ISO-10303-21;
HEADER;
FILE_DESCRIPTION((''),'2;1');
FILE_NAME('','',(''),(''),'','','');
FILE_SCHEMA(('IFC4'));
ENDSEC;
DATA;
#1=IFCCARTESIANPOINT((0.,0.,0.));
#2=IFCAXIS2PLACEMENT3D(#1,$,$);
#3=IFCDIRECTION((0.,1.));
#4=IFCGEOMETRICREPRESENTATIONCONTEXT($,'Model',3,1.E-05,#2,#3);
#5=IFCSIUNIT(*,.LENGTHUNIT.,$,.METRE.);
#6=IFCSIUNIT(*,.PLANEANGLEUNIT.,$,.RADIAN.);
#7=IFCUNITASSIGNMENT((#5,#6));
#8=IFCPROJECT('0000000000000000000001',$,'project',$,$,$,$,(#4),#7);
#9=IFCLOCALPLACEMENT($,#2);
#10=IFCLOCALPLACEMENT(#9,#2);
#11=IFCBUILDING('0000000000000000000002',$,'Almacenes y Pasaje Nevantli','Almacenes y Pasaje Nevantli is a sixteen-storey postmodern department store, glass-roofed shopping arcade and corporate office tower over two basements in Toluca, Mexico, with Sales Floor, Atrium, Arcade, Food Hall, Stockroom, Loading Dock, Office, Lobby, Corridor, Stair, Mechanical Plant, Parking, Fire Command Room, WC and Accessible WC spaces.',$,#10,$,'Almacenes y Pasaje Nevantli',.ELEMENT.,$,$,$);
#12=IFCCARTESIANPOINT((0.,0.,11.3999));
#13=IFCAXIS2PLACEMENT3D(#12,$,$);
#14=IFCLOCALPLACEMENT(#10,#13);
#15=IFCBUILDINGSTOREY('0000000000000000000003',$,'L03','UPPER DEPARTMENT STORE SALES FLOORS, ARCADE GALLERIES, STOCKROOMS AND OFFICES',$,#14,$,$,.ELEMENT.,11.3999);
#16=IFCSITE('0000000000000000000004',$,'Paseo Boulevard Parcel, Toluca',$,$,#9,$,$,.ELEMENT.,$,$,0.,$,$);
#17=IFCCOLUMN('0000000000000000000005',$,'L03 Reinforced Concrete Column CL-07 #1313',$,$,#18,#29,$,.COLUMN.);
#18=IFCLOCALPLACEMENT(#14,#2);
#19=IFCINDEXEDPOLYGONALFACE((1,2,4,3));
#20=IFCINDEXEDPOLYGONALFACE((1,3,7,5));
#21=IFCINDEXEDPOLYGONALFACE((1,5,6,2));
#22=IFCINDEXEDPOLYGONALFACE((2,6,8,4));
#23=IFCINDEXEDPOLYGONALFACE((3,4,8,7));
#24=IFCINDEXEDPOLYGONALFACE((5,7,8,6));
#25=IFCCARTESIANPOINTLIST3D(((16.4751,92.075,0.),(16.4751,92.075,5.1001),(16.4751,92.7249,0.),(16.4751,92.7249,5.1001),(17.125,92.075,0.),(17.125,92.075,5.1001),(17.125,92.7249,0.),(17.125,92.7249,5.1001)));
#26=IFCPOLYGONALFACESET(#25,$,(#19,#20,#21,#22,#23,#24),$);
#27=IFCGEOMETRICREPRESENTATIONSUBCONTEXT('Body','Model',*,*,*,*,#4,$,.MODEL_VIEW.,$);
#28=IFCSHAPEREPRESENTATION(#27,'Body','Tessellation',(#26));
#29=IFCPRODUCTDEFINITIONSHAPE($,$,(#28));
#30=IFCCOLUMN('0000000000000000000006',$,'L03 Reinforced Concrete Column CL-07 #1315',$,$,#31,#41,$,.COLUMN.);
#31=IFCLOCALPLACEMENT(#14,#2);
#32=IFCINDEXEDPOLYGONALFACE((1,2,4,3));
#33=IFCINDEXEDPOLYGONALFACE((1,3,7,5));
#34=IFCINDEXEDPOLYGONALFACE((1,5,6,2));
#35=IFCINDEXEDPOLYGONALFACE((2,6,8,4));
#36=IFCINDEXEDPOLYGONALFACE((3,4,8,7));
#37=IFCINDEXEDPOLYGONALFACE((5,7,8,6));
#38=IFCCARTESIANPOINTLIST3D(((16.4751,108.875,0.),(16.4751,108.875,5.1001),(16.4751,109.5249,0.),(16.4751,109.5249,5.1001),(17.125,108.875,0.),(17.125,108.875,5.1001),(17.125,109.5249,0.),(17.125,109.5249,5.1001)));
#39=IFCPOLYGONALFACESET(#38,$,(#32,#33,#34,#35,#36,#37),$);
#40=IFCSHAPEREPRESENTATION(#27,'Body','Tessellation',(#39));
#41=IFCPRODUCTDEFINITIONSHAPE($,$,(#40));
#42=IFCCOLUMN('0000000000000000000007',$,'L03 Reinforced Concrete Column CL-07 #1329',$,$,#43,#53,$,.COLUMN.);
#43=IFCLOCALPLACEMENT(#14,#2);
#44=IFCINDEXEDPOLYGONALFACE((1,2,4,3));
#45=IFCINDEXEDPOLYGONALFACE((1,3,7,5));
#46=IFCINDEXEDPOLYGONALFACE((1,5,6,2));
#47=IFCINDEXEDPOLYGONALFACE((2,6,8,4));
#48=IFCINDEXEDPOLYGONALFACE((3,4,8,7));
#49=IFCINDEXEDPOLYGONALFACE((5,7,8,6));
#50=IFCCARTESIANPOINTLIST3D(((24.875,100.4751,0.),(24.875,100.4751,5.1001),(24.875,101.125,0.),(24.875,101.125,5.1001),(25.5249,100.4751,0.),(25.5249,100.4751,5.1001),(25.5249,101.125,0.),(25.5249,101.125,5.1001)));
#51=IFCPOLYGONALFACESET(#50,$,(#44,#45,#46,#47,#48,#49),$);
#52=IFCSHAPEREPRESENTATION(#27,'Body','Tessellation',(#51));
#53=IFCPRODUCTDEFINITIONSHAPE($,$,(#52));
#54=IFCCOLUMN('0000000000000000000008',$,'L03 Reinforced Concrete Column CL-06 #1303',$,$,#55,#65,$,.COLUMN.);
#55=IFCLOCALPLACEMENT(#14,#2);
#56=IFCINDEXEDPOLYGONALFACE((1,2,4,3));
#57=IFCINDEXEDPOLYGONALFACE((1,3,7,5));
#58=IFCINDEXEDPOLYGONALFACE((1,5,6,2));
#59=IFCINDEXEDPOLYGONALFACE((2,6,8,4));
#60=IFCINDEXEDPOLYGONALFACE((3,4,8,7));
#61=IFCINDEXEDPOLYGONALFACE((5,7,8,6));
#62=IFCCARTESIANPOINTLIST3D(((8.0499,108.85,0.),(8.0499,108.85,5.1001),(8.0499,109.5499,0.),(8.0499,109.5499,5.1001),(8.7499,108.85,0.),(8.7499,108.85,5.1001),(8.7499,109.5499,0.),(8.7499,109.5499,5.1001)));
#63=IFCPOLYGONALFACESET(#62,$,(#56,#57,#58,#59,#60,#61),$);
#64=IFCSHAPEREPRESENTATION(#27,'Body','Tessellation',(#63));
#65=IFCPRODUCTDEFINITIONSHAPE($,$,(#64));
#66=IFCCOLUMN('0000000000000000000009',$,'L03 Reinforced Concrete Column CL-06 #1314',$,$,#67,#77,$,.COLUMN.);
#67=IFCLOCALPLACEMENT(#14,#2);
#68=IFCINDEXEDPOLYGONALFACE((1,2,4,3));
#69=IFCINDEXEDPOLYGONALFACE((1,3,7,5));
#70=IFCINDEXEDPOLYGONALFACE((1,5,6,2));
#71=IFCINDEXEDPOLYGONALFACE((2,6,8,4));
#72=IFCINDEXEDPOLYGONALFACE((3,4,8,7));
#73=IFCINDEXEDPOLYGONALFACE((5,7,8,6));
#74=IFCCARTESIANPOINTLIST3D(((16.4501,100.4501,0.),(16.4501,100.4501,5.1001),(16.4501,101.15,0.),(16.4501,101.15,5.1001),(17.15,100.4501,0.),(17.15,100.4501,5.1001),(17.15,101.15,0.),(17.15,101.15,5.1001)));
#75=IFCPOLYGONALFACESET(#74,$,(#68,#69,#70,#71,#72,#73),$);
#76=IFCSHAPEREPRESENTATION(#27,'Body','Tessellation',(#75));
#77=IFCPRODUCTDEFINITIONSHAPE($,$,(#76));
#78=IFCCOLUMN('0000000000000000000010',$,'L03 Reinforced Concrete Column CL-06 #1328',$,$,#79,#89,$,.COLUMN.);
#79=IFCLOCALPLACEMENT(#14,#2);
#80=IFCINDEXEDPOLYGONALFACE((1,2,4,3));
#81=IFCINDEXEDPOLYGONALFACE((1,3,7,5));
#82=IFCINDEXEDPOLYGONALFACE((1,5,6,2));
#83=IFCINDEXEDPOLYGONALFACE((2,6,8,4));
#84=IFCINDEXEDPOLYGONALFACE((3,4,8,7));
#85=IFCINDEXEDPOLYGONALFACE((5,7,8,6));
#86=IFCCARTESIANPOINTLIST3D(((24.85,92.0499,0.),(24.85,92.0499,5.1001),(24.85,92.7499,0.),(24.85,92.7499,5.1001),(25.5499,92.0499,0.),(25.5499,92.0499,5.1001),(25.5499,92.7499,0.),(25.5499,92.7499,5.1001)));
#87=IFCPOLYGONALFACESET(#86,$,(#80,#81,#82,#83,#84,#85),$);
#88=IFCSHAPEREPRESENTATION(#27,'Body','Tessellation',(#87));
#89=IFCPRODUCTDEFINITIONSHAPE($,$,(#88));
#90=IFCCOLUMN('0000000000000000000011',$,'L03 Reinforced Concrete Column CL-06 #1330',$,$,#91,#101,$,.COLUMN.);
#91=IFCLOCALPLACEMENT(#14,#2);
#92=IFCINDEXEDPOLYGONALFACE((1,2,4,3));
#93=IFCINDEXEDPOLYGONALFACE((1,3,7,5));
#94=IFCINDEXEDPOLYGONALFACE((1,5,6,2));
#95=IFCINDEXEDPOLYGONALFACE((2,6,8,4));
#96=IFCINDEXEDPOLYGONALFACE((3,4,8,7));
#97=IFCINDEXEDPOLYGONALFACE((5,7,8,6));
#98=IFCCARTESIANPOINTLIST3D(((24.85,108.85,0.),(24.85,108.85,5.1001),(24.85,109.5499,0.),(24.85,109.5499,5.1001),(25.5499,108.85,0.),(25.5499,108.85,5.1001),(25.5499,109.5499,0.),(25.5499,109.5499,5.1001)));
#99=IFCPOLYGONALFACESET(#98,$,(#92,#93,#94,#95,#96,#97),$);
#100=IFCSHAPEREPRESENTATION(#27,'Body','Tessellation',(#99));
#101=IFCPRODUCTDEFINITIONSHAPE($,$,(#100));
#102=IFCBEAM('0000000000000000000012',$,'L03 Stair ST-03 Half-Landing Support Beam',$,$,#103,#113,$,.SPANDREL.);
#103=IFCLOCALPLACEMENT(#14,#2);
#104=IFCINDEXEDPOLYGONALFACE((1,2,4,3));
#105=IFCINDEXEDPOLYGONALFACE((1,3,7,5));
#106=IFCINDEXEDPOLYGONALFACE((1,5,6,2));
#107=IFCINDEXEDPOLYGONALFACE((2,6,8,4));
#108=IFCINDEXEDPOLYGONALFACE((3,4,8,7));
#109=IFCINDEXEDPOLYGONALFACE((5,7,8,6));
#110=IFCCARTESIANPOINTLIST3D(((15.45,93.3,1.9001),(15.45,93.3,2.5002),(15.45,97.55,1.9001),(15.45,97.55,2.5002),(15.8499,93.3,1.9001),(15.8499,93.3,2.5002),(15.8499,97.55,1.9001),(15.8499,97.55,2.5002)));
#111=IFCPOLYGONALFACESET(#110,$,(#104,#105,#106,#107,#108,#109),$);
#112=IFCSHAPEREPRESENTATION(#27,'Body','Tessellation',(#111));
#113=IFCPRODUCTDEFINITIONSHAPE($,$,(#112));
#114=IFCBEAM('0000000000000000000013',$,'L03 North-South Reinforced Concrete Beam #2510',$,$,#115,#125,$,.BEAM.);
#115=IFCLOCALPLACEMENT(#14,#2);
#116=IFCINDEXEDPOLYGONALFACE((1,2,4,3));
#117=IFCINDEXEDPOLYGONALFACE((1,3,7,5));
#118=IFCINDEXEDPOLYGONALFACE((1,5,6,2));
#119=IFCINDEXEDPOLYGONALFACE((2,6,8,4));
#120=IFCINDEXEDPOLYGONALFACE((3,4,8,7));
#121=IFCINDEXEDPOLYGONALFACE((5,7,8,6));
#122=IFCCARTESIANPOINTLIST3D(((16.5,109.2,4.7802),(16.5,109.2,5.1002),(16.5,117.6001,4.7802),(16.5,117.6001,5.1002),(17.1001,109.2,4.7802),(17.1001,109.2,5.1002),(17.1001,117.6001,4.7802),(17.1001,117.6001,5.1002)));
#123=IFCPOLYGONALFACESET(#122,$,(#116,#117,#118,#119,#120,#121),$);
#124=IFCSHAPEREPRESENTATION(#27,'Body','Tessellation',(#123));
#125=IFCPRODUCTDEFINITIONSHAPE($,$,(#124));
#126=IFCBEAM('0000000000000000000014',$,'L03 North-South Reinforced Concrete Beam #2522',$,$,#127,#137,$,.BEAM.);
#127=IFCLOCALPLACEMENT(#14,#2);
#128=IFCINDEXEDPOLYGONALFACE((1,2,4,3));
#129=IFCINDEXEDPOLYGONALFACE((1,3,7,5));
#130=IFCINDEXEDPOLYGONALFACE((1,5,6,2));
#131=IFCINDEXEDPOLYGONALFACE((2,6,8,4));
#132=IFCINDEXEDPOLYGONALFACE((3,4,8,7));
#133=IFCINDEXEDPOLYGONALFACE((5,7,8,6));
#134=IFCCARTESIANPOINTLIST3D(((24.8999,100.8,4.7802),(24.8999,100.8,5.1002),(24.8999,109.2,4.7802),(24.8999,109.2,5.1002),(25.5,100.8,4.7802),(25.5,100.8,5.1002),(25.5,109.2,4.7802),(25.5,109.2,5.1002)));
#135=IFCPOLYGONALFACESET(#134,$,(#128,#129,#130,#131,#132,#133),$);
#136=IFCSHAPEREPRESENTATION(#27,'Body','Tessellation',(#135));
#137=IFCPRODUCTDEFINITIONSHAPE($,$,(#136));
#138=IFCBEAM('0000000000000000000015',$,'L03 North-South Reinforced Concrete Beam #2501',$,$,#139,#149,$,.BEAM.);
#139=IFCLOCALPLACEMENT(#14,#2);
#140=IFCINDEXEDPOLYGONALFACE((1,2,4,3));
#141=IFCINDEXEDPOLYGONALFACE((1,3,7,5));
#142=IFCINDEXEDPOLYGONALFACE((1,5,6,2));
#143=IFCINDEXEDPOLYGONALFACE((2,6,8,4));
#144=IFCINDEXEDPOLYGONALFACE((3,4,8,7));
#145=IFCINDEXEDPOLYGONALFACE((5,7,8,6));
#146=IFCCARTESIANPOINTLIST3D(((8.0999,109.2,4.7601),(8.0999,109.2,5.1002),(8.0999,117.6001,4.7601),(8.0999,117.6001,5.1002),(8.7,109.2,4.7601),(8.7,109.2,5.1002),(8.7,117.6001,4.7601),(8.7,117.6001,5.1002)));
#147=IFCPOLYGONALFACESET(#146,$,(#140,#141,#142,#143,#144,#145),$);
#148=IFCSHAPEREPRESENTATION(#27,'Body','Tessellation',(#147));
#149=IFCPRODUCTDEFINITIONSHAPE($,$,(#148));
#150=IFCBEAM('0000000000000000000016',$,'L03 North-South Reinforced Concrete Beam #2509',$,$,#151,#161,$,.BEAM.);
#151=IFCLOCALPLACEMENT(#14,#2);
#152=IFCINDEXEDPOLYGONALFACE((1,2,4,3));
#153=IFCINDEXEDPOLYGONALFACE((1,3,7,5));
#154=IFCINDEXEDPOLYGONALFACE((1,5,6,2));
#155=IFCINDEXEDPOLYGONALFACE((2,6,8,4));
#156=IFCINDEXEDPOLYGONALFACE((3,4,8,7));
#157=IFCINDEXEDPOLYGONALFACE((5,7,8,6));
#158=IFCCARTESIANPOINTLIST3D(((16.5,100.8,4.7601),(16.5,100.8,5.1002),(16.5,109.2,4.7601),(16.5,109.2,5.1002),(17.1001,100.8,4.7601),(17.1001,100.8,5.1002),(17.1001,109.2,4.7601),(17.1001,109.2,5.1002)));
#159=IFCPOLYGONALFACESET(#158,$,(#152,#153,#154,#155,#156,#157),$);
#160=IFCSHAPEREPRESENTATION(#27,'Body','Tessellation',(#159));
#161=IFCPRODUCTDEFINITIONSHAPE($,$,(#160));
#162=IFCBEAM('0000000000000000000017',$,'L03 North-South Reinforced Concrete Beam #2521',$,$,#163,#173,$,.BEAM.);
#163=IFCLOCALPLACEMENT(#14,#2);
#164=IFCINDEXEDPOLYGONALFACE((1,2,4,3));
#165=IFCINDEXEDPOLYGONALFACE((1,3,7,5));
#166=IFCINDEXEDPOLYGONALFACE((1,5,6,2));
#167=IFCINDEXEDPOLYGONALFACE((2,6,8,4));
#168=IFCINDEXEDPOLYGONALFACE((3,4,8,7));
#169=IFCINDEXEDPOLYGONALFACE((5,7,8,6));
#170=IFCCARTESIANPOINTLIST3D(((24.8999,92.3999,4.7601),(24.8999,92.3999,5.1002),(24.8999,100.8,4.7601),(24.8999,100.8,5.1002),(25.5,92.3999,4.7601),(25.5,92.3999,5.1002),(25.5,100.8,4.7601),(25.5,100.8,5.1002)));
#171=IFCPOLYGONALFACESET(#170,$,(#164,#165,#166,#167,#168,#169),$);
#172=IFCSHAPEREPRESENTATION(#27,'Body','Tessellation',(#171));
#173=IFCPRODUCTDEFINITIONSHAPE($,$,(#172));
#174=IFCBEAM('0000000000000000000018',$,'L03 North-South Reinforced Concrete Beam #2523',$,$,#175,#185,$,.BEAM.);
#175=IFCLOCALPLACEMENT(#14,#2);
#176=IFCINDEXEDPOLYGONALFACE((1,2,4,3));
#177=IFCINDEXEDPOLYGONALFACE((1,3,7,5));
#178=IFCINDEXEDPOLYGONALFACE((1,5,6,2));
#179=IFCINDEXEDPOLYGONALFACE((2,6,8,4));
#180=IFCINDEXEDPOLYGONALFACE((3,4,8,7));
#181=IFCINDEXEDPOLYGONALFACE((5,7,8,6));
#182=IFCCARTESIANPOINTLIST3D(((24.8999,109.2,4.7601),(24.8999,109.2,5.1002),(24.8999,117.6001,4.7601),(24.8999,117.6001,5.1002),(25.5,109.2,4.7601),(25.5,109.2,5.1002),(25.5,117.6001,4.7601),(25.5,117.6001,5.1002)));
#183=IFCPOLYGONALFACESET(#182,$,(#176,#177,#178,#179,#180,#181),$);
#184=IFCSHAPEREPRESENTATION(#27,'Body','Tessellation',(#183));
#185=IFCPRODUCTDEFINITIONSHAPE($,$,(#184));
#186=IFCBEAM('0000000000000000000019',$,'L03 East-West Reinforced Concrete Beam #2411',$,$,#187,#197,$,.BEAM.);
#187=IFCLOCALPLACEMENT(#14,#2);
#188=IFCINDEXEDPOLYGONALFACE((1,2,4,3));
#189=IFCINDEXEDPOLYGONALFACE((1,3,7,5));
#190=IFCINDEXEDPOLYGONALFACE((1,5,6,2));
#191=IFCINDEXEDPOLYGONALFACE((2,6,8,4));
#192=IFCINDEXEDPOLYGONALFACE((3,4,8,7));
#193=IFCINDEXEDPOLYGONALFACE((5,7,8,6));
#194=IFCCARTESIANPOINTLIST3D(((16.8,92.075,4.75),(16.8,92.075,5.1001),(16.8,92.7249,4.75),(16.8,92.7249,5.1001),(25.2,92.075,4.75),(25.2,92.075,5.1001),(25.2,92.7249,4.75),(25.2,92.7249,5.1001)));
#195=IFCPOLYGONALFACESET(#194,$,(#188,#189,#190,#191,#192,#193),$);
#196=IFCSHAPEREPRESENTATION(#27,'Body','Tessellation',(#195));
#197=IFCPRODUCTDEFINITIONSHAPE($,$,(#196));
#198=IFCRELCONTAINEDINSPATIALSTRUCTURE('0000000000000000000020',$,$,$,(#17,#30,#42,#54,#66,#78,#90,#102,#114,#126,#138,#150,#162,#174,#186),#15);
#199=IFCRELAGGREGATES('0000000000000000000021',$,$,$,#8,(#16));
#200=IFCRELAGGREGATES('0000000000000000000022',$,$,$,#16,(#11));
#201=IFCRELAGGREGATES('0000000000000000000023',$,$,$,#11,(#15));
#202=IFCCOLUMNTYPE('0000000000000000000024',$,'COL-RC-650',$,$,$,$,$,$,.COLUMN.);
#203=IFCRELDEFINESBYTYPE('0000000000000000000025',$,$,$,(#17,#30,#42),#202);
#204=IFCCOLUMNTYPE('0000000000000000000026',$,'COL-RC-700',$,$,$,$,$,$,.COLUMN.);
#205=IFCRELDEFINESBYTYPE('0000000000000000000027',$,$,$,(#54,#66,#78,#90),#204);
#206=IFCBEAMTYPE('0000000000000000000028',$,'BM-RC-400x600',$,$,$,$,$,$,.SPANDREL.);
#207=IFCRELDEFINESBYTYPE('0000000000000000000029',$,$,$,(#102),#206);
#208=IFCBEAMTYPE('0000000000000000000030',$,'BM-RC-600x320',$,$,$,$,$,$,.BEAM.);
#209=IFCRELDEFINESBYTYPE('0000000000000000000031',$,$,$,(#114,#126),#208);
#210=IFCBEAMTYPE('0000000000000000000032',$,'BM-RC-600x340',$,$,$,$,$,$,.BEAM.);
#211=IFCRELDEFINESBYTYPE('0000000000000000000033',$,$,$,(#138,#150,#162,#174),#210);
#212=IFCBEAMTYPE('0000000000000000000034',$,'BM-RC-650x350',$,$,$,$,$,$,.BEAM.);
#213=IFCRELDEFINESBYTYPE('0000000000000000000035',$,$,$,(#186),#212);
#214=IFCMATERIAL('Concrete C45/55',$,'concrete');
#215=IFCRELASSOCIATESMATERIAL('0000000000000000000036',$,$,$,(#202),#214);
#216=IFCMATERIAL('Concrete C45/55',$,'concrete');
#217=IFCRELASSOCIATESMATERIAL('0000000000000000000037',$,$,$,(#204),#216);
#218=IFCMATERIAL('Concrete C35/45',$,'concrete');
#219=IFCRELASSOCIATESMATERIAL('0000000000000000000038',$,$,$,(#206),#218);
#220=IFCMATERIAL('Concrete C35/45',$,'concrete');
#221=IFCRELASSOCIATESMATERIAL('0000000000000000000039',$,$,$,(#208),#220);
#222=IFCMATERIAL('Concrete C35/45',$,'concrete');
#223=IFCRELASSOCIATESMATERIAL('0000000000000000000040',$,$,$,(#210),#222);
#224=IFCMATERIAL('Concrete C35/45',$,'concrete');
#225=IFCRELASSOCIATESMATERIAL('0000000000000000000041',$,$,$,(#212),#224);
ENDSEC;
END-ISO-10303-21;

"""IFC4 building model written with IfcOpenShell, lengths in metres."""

from ifc_helpers import new_model, si_unit, direction, frame, origin, origin_2d, place, context, subcontext, project, spatial, rectangle, extrude, material, material_profile, profile_set, type_object, element, save


model = new_model("IFC4")

# Units and contexts
model_context = context("Model", 3, precision=1e-05, world=origin(), true_north=direction((0.0, 1.0)))
body_context = subcontext(model_context, "Body", "Model", "MODEL_VIEW")
ifc_project = project(units=[si_unit("LENGTHUNIT", "METRE"), si_unit("PLANEANGLEUNIT", "RADIAN")], contexts=[model_context])

# Site, building, storey
site_placement = place(None, origin())
site = spatial("IfcSite", under=ifc_project, at=site_placement, Name="Paseo Boulevard Parcel, Toluca", CompositionType="ELEMENT", RefElevation=0.0)
building_placement = place(site_placement, origin())
building = spatial("IfcBuilding", under=site, at=building_placement, Name="Almacenes y Pasaje Nevantli", Description="Almacenes y Pasaje Nevantli is a sixteen-storey postmodern department store, glass-roofed shopping arcade and corporate office tower over two basements in Toluca, Mexico, with Sales Floor, Atrium, Arcade, Food Hall, Stockroom, Loading Dock, Office, Lobby, Corridor, Stair, Mechanical Plant, Parking, Fire Command Room, WC and Accessible WC spaces.", LongName="Almacenes y Pasaje Nevantli", CompositionType="ELEMENT")
storey_placement = place(building_placement, frame((0.0, 0.0, 11.3999)))
storey = spatial("IfcBuildingStorey", under=building, at=storey_placement, Name="L03", Description="UPPER DEPARTMENT STORE SALES FLOORS, ARCADE GALLERIES, STOCKROOMS AND OFFICES", CompositionType="ELEMENT", Elevation=11.3999)

# Columns
ifc_material_1 = material(Name="Concrete C45/55", Category="concrete")
ifc_material_profile_1 = material_profile(ifc_material_1, rectangle(XDim=0.6499, YDim=0.6499, at=origin_2d()), Name="RC-COL-650x650")
ifc_profile_set_1 = profile_set([ifc_material_profile_1], Name="Concrete C45/55")
column_type_1 = type_object("IfcColumnType", Name="COL-RC-650", PredefinedType="COLUMN", material=ifc_profile_set_1)
for number, where, z_axis, x_axis, name in (
    (1, (16.8, 92.3999, 0.0), (0.0, 0.0, 1.0), (1.0, 0.0, 0.0), "L03 Reinforced Concrete Column CL-07 #1313"),
    (2, (16.8, 109.2, 0.0), (0.0, 0.0, 1.0), (1.0, 0.0, 0.0), "L03 Reinforced Concrete Column CL-07 #1315"),
    (3, (25.2, 100.8, 0.0), (0.0, 0.0, 1.0), (1.0, 0.0, 0.0), "L03 Reinforced Concrete Column CL-07 #1329"),
):
    element("IfcColumn", number, at=place(storey_placement, frame(where, z_axis=z_axis, x_axis=x_axis)), inside=storey, type_object=column_type_1, Name=name, PredefinedType="COLUMN", context=body_context, shape_type="SweptSolid", body=[
        extrude(rectangle(XDim=0.6499, YDim=0.6499, at=origin_2d()), origin(), (0.0, 0.0, 1.0), 5.1001),
    ])
ifc_material_2 = material(Name="Concrete C45/55", Category="concrete")
ifc_material_profile_2 = material_profile(ifc_material_2, rectangle(XDim=0.7, YDim=0.7, at=origin_2d()), Name="RC-COL-700x700")
ifc_profile_set_2 = profile_set([ifc_material_profile_2], Name="Concrete C45/55")
column_type_2 = type_object("IfcColumnType", Name="COL-RC-700", PredefinedType="COLUMN", material=ifc_profile_set_2)
for number, where, z_axis, x_axis, name in (
    (4, (8.3999, 109.2, 0.0), (0.0, 0.0, 1.0), (1.0, 0.0, 0.0), "L03 Reinforced Concrete Column CL-06 #1303"),
    (5, (16.8, 100.8, 0.0), (0.0, 0.0, 1.0), (1.0, 0.0, 0.0), "L03 Reinforced Concrete Column CL-06 #1314"),
    (6, (25.2, 92.3999, 0.0), (0.0, 0.0, 1.0), (1.0, 0.0, 0.0), "L03 Reinforced Concrete Column CL-06 #1328"),
    (7, (25.2, 109.2, 0.0), (0.0, 0.0, 1.0), (1.0, 0.0, 0.0), "L03 Reinforced Concrete Column CL-06 #1330"),
):
    element("IfcColumn", number, at=place(storey_placement, frame(where, z_axis=z_axis, x_axis=x_axis)), inside=storey, type_object=column_type_2, Name=name, PredefinedType="COLUMN", context=body_context, shape_type="SweptSolid", body=[
        extrude(rectangle(XDim=0.7, YDim=0.7, at=origin_2d()), origin(), (0.0, 0.0, 1.0), 5.1001),
    ])

# Beams
ifc_material_3 = material(Name="Concrete C35/45", Category="concrete")
ifc_material_profile_3 = material_profile(ifc_material_3, rectangle(XDim=0.3999, YDim=0.6001, at=origin_2d()), Name="RC-BM-400x600")
ifc_profile_set_3 = profile_set([ifc_material_profile_3], Name="Concrete C35/45")
beam_type_1 = type_object("IfcBeamType", Name="BM-RC-400x600", PredefinedType="SPANDREL", material=ifc_profile_set_3)
beam_1_placement = place(storey_placement, frame((15.6499, 93.3, 2.2002), z_axis=(0.0, 1.0, 0.0), x_axis=(-1.0, 0.0, 0.0)))
element("IfcBeam", 8, at=beam_1_placement, inside=storey, type_object=beam_type_1, Name="L03 Stair ST-03 Half-Landing Support Beam", PredefinedType="SPANDREL", context=body_context, shape_type="SweptSolid", body=[
    extrude(rectangle(XDim=0.3999, YDim=0.6001, at=origin_2d()), origin(), (0.0, 0.0, 1.0), 4.25),
])
ifc_material_4 = material(Name="Concrete C35/45", Category="concrete")
ifc_material_profile_4 = material_profile(ifc_material_4, rectangle(XDim=0.6001, YDim=0.3201, at=origin_2d()), Name="RC-BM-600x320")
ifc_profile_set_4 = profile_set([ifc_material_profile_4], Name="Concrete C35/45")
beam_type_2 = type_object("IfcBeamType", Name="BM-RC-600x320", PredefinedType="BEAM", material=ifc_profile_set_4)
beam_2_placement = place(storey_placement, frame((16.8, 109.2, 4.9402), z_axis=(0.0, 1.0, 0.0), x_axis=(-1.0, 0.0, 0.0)))
element("IfcBeam", 9, at=beam_2_placement, inside=storey, type_object=beam_type_2, Name="L03 North-South Reinforced Concrete Beam #2510", PredefinedType="BEAM", context=body_context, shape_type="SweptSolid", body=[
    extrude(rectangle(XDim=0.6001, YDim=0.3201, at=origin_2d()), origin(), (0.0, 0.0, 1.0), 8.4001),
])
beam_3_placement = place(storey_placement, frame((25.2, 100.8, 4.9402), z_axis=(0.0, 1.0, 0.0), x_axis=(-1.0, 0.0, 0.0)))
element("IfcBeam", 10, at=beam_3_placement, inside=storey, type_object=beam_type_2, Name="L03 North-South Reinforced Concrete Beam #2522", PredefinedType="BEAM", context=body_context, shape_type="SweptSolid", body=[
    extrude(rectangle(XDim=0.6001, YDim=0.3201, at=origin_2d()), origin(), (0.0, 0.0, 1.0), 8.3999),
])
ifc_material_5 = material(Name="Concrete C35/45", Category="concrete")
ifc_material_profile_5 = material_profile(ifc_material_5, rectangle(XDim=0.6001, YDim=0.3401, at=origin_2d()), Name="RC-BM-600x340")
ifc_profile_set_5 = profile_set([ifc_material_profile_5], Name="Concrete C35/45")
beam_type_3 = type_object("IfcBeamType", Name="BM-RC-600x340", PredefinedType="BEAM", material=ifc_profile_set_5)
beam_4_placement = place(storey_placement, frame((8.3999, 109.2, 4.9302), z_axis=(0.0, 1.0, 0.0), x_axis=(-1.0, 0.0, 0.0)))
element("IfcBeam", 11, at=beam_4_placement, inside=storey, type_object=beam_type_3, Name="L03 North-South Reinforced Concrete Beam #2501", PredefinedType="BEAM", context=body_context, shape_type="SweptSolid", body=[
    extrude(rectangle(XDim=0.6001, YDim=0.3401, at=origin_2d()), origin(), (0.0, 0.0, 1.0), 8.4001),
])
beam_5_placement = place(storey_placement, frame((16.8, 100.8, 4.9302), z_axis=(0.0, 1.0, 0.0), x_axis=(-1.0, 0.0, 0.0)))
element("IfcBeam", 12, at=beam_5_placement, inside=storey, type_object=beam_type_3, Name="L03 North-South Reinforced Concrete Beam #2509", PredefinedType="BEAM", context=body_context, shape_type="SweptSolid", body=[
    extrude(rectangle(XDim=0.6001, YDim=0.3401, at=origin_2d()), origin(), (0.0, 0.0, 1.0), 8.3999),
])
for number, where, z_axis, x_axis, name in (
    (13, (25.2, 92.3999, 4.9302), (0.0, 1.0, 0.0), (-1.0, 0.0, 0.0), "L03 North-South Reinforced Concrete Beam #2521"),
    (14, (25.2, 109.2, 4.9302), (0.0, 1.0, 0.0), (-1.0, 0.0, 0.0), "L03 North-South Reinforced Concrete Beam #2523"),
):
    element("IfcBeam", number, at=place(storey_placement, frame(where, z_axis=z_axis, x_axis=x_axis)), inside=storey, type_object=beam_type_3, Name=name, PredefinedType="BEAM", context=body_context, shape_type="SweptSolid", body=[
        extrude(rectangle(XDim=0.6001, YDim=0.3401, at=origin_2d()), origin(), (0.0, 0.0, 1.0), 8.4001),
    ])
ifc_material_6 = material(Name="Concrete C35/45", Category="concrete")
ifc_material_profile_6 = material_profile(ifc_material_6, rectangle(XDim=0.6499, YDim=0.3501, at=origin_2d()), Name="RC-BM-650x350")
ifc_profile_set_6 = profile_set([ifc_material_profile_6], Name="Concrete C35/45")
beam_type_4 = type_object("IfcBeamType", Name="BM-RC-650x350", PredefinedType="BEAM", material=ifc_profile_set_6)
beam_6_placement = place(storey_placement, frame((16.8, 92.3999, 4.925), z_axis=(1.0, 0.0, 0.0), x_axis=(0.0, 1.0, 0.0)))
element("IfcBeam", 15, at=beam_6_placement, inside=storey, type_object=beam_type_4, Name="L03 East-West Reinforced Concrete Beam #2411", PredefinedType="BEAM", context=body_context, shape_type="SweptSolid", body=[
    extrude(rectangle(XDim=0.6499, YDim=0.3501, at=origin_2d()), origin(), (0.0, 0.0, 1.0), 8.3999),
])

save(model, "model.ifc")
